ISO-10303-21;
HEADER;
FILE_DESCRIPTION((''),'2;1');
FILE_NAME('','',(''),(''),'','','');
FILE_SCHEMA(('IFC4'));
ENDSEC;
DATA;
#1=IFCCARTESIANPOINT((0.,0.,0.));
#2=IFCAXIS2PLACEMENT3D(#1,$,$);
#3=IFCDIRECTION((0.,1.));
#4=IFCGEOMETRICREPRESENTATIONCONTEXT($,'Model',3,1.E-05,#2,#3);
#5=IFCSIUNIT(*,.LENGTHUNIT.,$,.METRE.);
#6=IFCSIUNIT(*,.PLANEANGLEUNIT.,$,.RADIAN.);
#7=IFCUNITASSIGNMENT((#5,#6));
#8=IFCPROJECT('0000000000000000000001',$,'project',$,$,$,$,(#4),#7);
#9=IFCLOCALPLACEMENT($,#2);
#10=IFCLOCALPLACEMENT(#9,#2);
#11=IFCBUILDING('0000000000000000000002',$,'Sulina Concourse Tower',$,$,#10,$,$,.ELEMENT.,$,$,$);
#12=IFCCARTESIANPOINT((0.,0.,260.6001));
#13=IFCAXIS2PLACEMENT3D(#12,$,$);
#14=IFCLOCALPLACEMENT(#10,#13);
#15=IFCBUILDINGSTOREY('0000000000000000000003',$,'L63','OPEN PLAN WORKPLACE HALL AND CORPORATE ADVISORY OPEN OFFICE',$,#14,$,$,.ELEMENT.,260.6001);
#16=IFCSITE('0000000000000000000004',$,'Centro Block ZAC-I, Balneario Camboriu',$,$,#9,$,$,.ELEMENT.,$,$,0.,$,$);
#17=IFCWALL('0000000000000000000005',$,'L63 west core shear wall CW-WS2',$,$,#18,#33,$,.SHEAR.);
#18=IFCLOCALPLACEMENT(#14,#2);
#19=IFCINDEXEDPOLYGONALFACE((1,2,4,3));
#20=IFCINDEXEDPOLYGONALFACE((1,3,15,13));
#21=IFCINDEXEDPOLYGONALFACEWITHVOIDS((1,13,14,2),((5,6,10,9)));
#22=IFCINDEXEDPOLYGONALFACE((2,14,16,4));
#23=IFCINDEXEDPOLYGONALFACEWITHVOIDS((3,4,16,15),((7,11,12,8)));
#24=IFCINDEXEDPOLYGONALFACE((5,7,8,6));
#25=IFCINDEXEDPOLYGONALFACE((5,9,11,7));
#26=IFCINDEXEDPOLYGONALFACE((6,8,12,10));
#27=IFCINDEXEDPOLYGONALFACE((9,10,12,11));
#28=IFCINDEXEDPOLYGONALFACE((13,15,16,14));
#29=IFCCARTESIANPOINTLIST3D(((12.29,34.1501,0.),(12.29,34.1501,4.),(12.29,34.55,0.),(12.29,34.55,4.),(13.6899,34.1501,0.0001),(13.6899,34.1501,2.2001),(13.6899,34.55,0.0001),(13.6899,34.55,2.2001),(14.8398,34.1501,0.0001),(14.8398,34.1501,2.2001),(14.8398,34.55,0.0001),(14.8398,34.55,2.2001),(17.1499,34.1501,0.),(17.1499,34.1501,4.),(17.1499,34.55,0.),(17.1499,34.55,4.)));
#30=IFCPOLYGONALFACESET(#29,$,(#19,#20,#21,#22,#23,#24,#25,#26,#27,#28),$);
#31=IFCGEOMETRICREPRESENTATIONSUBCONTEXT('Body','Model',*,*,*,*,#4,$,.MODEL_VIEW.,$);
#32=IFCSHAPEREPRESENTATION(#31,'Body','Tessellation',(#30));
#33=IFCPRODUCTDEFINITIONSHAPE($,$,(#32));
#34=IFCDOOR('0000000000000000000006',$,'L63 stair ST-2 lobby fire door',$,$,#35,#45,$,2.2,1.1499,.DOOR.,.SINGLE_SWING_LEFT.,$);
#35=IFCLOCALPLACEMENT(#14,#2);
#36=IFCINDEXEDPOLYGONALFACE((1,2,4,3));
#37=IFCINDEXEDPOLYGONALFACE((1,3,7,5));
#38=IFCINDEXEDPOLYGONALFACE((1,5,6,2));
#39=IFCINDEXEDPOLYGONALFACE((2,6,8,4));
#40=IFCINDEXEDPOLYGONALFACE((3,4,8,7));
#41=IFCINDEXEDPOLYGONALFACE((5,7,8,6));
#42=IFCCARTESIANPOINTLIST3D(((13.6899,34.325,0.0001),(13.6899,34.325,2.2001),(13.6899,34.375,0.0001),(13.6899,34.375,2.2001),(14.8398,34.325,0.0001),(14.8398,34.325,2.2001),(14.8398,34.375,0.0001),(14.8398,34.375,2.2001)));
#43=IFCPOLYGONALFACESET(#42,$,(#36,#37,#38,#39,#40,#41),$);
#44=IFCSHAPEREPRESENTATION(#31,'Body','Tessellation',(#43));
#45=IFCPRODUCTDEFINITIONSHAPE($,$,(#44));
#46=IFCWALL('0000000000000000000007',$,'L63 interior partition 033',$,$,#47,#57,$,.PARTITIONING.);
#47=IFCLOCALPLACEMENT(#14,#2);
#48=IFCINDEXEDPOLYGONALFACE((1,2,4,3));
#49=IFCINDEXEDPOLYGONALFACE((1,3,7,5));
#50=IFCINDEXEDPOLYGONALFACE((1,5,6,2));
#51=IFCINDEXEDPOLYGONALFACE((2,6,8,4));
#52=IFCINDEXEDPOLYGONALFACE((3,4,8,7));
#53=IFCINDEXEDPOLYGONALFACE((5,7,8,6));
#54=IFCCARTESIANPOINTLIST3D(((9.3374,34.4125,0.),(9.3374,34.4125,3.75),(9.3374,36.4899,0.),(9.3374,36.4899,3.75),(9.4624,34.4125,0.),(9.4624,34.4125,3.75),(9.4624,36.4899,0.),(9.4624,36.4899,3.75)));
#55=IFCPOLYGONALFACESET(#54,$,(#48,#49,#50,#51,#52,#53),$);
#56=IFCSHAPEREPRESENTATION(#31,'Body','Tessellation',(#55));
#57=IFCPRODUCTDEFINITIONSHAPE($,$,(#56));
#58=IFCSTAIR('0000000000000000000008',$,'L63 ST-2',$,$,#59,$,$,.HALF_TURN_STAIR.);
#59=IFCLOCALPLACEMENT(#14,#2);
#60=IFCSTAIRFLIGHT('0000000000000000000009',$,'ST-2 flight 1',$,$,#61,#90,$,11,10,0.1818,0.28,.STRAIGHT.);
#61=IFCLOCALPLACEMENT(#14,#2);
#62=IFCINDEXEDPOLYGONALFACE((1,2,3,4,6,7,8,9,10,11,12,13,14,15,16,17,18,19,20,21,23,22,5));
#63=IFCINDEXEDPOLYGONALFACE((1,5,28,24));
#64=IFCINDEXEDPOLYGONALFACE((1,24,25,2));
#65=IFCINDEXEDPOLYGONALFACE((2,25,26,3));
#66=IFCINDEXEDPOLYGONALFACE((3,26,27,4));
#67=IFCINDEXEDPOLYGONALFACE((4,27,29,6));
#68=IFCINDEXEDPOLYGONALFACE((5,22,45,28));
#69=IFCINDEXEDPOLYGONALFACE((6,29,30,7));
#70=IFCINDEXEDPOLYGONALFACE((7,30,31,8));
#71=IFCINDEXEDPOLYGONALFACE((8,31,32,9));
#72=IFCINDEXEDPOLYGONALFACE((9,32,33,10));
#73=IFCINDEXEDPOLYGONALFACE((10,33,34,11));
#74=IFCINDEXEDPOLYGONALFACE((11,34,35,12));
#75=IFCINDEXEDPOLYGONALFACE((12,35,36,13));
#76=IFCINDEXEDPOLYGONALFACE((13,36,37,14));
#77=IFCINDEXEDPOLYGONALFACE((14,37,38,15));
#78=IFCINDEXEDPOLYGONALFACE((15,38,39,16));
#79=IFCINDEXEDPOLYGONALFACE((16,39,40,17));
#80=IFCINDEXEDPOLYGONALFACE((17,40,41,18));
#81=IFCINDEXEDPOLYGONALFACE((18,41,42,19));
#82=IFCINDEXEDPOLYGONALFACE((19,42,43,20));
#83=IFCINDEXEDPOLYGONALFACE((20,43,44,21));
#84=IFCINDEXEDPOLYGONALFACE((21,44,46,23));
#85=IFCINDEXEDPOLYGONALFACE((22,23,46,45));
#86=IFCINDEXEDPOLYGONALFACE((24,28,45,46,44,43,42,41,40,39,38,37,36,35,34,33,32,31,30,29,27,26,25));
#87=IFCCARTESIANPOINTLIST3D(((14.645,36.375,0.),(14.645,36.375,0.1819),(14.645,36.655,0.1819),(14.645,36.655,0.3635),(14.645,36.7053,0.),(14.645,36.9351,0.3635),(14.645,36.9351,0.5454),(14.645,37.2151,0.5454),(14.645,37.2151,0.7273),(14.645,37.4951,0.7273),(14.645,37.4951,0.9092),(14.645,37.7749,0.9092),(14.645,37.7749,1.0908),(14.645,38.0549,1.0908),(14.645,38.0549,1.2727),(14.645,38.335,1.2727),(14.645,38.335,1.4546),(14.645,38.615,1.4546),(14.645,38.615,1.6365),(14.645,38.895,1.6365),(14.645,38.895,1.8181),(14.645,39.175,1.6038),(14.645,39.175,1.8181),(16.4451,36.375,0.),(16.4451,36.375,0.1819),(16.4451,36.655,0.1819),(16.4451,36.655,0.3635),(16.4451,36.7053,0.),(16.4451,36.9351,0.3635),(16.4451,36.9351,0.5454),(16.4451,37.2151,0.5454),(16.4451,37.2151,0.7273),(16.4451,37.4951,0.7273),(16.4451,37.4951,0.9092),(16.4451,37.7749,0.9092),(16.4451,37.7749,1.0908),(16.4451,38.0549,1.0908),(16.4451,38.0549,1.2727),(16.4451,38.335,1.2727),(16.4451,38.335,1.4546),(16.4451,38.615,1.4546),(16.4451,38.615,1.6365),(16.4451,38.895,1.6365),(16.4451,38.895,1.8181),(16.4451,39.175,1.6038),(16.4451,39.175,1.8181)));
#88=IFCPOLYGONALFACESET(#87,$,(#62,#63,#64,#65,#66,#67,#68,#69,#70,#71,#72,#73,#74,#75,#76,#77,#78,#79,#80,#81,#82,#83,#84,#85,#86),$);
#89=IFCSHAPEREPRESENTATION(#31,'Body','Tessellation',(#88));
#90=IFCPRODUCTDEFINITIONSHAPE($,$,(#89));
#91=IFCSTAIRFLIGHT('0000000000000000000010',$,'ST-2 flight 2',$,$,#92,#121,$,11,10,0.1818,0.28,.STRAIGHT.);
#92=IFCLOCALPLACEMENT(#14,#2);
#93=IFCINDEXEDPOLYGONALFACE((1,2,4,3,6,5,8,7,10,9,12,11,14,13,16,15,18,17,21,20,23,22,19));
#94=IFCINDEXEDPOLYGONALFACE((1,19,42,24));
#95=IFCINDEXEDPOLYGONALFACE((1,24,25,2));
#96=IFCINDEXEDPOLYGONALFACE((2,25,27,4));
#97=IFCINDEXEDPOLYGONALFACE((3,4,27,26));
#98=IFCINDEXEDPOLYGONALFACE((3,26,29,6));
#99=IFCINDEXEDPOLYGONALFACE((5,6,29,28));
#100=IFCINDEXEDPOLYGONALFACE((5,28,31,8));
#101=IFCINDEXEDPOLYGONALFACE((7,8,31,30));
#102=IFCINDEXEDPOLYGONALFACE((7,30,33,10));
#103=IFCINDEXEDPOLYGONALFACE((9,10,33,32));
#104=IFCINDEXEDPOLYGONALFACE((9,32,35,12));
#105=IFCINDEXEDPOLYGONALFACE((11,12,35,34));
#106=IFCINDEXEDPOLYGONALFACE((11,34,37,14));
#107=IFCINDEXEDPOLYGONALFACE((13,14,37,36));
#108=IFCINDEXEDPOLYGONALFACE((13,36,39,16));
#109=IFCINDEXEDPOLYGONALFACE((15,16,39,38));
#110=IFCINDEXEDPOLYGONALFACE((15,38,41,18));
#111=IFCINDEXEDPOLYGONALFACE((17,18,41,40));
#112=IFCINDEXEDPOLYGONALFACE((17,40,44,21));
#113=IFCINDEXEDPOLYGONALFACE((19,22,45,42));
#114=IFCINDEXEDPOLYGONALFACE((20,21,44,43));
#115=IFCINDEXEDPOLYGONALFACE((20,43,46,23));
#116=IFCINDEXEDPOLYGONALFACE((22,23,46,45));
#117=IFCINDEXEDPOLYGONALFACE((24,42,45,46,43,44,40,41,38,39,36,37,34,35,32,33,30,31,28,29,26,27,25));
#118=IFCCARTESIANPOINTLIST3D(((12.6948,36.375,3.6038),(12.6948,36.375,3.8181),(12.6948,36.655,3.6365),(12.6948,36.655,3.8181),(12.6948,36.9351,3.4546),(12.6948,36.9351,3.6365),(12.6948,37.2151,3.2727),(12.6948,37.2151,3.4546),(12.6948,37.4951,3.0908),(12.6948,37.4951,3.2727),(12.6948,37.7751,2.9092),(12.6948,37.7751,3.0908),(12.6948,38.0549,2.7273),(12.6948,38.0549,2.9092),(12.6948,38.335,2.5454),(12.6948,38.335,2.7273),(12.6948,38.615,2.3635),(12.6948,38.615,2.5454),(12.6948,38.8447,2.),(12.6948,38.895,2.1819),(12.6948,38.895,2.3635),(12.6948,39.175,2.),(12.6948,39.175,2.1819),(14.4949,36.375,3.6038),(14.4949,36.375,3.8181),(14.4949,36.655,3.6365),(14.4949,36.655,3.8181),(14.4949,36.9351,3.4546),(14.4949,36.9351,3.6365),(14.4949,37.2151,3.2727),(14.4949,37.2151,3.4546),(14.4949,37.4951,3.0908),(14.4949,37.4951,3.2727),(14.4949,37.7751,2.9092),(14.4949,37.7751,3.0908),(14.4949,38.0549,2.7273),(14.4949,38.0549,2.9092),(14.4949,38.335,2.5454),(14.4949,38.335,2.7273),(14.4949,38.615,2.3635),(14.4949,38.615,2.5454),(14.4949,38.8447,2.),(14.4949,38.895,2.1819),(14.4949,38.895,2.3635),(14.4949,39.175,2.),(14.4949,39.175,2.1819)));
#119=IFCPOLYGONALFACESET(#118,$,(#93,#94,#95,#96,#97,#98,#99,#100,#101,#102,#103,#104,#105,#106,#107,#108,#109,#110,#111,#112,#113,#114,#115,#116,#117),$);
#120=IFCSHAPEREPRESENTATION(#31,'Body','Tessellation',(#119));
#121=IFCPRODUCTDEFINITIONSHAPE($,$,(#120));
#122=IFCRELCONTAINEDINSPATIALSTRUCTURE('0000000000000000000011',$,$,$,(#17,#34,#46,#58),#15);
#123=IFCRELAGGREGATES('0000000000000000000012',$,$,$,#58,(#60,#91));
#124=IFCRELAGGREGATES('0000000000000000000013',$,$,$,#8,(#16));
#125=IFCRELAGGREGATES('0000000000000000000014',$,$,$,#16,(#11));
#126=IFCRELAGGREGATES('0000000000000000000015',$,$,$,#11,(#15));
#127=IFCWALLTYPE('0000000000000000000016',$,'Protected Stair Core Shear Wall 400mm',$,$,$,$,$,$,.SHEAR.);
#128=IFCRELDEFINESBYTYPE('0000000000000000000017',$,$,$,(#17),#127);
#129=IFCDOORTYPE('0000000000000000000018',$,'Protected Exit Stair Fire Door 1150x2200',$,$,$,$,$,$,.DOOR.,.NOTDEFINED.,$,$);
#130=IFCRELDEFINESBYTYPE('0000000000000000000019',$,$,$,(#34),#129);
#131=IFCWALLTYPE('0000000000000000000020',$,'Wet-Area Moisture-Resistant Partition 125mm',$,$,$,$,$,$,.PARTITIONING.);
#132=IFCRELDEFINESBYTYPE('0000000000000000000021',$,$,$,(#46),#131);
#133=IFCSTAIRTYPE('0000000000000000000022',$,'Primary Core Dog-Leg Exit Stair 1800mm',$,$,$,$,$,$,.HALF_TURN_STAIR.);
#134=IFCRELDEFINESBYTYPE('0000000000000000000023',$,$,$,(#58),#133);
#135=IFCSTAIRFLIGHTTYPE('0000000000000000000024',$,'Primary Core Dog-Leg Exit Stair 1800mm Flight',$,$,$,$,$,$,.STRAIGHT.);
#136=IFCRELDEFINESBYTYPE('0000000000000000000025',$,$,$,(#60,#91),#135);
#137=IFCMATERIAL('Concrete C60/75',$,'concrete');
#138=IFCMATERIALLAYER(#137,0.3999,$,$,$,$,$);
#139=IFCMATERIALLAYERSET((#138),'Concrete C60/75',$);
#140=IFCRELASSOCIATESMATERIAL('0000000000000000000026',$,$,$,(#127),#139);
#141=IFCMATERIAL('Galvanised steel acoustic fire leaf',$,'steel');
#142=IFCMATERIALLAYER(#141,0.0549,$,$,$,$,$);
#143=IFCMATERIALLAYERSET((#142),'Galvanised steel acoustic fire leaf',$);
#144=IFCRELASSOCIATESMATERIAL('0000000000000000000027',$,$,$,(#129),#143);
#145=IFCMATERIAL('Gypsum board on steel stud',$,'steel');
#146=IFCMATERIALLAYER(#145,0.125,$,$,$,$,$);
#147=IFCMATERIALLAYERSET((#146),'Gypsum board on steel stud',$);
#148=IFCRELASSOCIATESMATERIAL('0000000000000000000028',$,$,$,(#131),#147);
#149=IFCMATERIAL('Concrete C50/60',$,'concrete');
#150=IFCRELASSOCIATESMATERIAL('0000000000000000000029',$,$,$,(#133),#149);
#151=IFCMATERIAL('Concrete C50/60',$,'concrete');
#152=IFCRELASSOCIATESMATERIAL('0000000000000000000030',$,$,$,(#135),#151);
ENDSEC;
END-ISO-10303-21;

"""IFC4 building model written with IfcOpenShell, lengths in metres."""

from ifc_helpers import new_model, si_unit, direction, frame, frame_2d, origin, place, context, subcontext, project, spatial, polyline, rectangle, outline, extrude, material, layer, layer_set, type_object, element, fill, aggregate, save


model = new_model("IFC4")

# Units and contexts
model_context = context("Model", 3, precision=1e-05, world=origin(), true_north=direction((0.0, 1.0)))
body_context = subcontext(model_context, "Body", "Model", "MODEL_VIEW")
ifc_project = project(units=[si_unit("LENGTHUNIT", "METRE"), si_unit("PLANEANGLEUNIT", "RADIAN")], contexts=[model_context])

# Site, building, storey
site_placement = place(None, origin())
site = spatial("IfcSite", under=ifc_project, at=site_placement, Name="Centro Block ZAC-I, Balneario Camboriu", CompositionType="ELEMENT", RefElevation=0.0)
building_placement = place(site_placement, origin())
building = spatial("IfcBuilding", under=site, at=building_placement, Name="Sulina Concourse Tower", CompositionType="ELEMENT")
storey_placement = place(building_placement, frame((0.0, 0.0, 260.6001)))
storey = spatial("IfcBuildingStorey", under=building, at=storey_placement, Name="L63", Description="OPEN PLAN WORKPLACE HALL AND CORPORATE ADVISORY OPEN OFFICE", CompositionType="ELEMENT", Elevation=260.6001)

# Wall, opening, door
ifc_material_1 = material(Name="Concrete C60/75", Category="concrete")
ifc_layer_1 = layer(ifc_material_1, 0.3999)
ifc_layer_set_1 = layer_set([ifc_layer_1], Name="Concrete C60/75")
wall_type_1 = type_object("IfcWallType", Name="Protected Stair Core Shear Wall 400mm", PredefinedType="SHEAR", material=ifc_layer_set_1)
wall_1_placement = place(storey_placement, frame((12.29, 34.3501, 0.0), z_axis=(0.0, 0.0, 1.0), x_axis=(1.0, 0.0, 0.0)))
wall_1 = element("IfcWall", 1, at=wall_1_placement, inside=storey, type_object=wall_type_1, Name="L63 west core shear wall CW-WS2", PredefinedType="SHEAR", context=body_context, shape_type="SweptSolid", body=[
    extrude(rectangle(XDim=4.8599, YDim=0.3999, at=frame_2d((2.4299, 0.0))), origin(), (0.0, 0.0, 1.0), 4.0),
])
opening_1_placement = place(wall_1_placement, frame((1.3999, 0.0, 0.0)))
opening_1 = element("IfcOpeningElement", 2, at=opening_1_placement, cuts=wall_1, PredefinedType="OPENING", context=body_context, shape_type="SweptSolid", body=[
    extrude(rectangle(XDim=1.1499, YDim=2.2, at=frame_2d((0.575, 1.1001))), frame((0.0, 0.21, 0.0), z_axis=(0.0, -1.0, 0.0), x_axis=(1.0, 0.0, 0.0)), (0.0, 0.0, 1.0), 0.4199),
])
ifc_material_2 = material(Name="Galvanised steel acoustic fire leaf", Category="steel")
ifc_layer_2 = layer(ifc_material_2, 0.0549)
ifc_layer_set_2 = layer_set([ifc_layer_2], Name="Galvanised steel acoustic fire leaf")
door_type_1 = type_object("IfcDoorType", Name="Protected Exit Stair Fire Door 1150x2200", OperationType="NOTDEFINED", PredefinedType="DOOR", material=ifc_layer_set_2)
door_1_placement = place(opening_1_placement, origin())
door_1 = element("IfcDoor", 3, at=door_1_placement, inside=storey, type_object=door_type_1, Name="L63 stair ST-2 lobby fire door", OperationType="SINGLE_SWING_LEFT", OverallHeight=2.2, OverallWidth=1.1499, PredefinedType="DOOR", context=body_context, shape_type="SweptSolid", body=[
    extrude(rectangle(XDim=1.1499, YDim=2.2, at=frame_2d((0.575, 1.1001))), frame((0.0, 0.0249, 0.0), z_axis=(0.0, -1.0, 0.0), x_axis=(1.0, 0.0, 0.0)), (0.0, 0.0, 1.0), 0.05),
])
fill(opening_1, door_1)

# Wall
ifc_material_3 = material(Name="Gypsum board on steel stud", Category="steel")
ifc_layer_3 = layer(ifc_material_3, 0.125)
ifc_layer_set_3 = layer_set([ifc_layer_3], Name="Gypsum board on steel stud")
wall_type_2 = type_object("IfcWallType", Name="Wet-Area Moisture-Resistant Partition 125mm", PredefinedType="PARTITIONING", material=ifc_layer_set_3)
wall_2_placement = place(storey_placement, frame((9.3999, 34.4126, 0.0), z_axis=(0.0, 0.0, 1.0), x_axis=(0.0, 1.0, 0.0)))
element("IfcWall", 4, at=wall_2_placement, inside=storey, type_object=wall_type_2, Name="L63 interior partition 033", PredefinedType="PARTITIONING", context=body_context, shape_type="SweptSolid", body=[
    extrude(rectangle(XDim=2.0774, YDim=0.125, at=frame_2d((1.0386, 0.0))), origin(), (0.0, 0.0, 1.0), 3.75),
])

# Stair, stair flights
ifc_material_4 = material(Name="Concrete C50/60", Category="concrete")
stair_type = type_object("IfcStairType", Name="Primary Core Dog-Leg Exit Stair 1800mm", PredefinedType="HALF_TURN_STAIR", material=ifc_material_4)
stair_placement = place(storey_placement, origin())
stair = element("IfcStair", 5, at=stair_placement, inside=storey, type_object=stair_type, Name="L63 ST-2", PredefinedType="HALF_TURN_STAIR")
ifc_material_5 = material(Name="Concrete C50/60", Category="concrete")
stair_flight_type = type_object("IfcStairFlightType", Name="Primary Core Dog-Leg Exit Stair 1800mm Flight", PredefinedType="STRAIGHT", material=ifc_material_5)
stair_flight_1_placement = place(storey_placement, frame((15.5449, 36.375, 0.0), z_axis=(0.0, 0.0, 1.0), x_axis=(0.0, 1.0, 0.0)))
stair_flight_1 = element("IfcStairFlight", 6, at=stair_flight_1_placement, type_object=stair_flight_type, Name="ST-2 flight 1", NumberOfRisers=11, NumberOfTreads=10, PredefinedType="STRAIGHT", RiserHeight=0.1818, TreadLength=0.28, context=body_context, shape_type="SweptSolid", body=[
    extrude(outline(polyline([(0.0, 0.0), (0.0, 0.1819), (0.28, 0.1819), (0.28, 0.3635), (0.5601, 0.3635), (0.5601, 0.5454), (0.8401, 0.5454), (0.8401, 0.7273), (1.1201, 0.7273), (1.1201, 0.9092), (1.3999, 0.9092), (1.3999, 1.0908), (1.6799, 1.0908), (1.6799, 1.2727), (1.96, 1.2727), (1.96, 1.4546), (2.24, 1.4546), (2.24, 1.6365), (2.52, 1.6365), (2.52, 1.8181), (2.8, 1.8181), (2.8, 2.0), (2.8, 1.6038), (0.3303, 0.0), (0.0, 0.0)])), frame((0.0, 0.8999, 0.0), z_axis=(0.0, -1.0, 0.0), x_axis=(1.0, 0.0, 0.0)), (0.0, 0.0, 1.0), 1.8),
])
stair_flight_2_placement = place(storey_placement, frame((13.595, 39.175, 2.0), z_axis=(0.0, 0.0, 1.0), x_axis=(0.0, -1.0, 0.0)))
stair_flight_2 = element("IfcStairFlight", 7, at=stair_flight_2_placement, type_object=stair_flight_type, Name="ST-2 flight 2", NumberOfRisers=11, NumberOfTreads=10, PredefinedType="STRAIGHT", RiserHeight=0.1818, TreadLength=0.28, context=body_context, shape_type="SweptSolid", body=[
    extrude(outline(polyline([(0.0, 0.0), (0.0, 0.1819), (0.28, 0.1819), (0.28, 0.3635), (0.5601, 0.3635), (0.5601, 0.5454), (0.8401, 0.5454), (0.8401, 0.7273), (1.1201, 0.7273), (1.1201, 0.9092), (1.3999, 0.9092), (1.3999, 1.0908), (1.6799, 1.0908), (1.6799, 1.2727), (1.96, 1.2727), (1.96, 1.4546), (2.24, 1.4546), (2.24, 1.6365), (2.52, 1.6365), (2.52, 1.8181), (2.8, 1.8181), (2.8, 2.0), (2.8, 1.6038), (0.3303, 0.0), (0.0, 0.0)])), frame((0.0, 0.8999, 0.0), z_axis=(0.0, -1.0, 0.0), x_axis=(1.0, 0.0, 0.0)), (0.0, 0.0, 1.0), 1.8),
])
aggregate(stair, [stair_flight_1, stair_flight_2])

save(model, "model.ifc")
